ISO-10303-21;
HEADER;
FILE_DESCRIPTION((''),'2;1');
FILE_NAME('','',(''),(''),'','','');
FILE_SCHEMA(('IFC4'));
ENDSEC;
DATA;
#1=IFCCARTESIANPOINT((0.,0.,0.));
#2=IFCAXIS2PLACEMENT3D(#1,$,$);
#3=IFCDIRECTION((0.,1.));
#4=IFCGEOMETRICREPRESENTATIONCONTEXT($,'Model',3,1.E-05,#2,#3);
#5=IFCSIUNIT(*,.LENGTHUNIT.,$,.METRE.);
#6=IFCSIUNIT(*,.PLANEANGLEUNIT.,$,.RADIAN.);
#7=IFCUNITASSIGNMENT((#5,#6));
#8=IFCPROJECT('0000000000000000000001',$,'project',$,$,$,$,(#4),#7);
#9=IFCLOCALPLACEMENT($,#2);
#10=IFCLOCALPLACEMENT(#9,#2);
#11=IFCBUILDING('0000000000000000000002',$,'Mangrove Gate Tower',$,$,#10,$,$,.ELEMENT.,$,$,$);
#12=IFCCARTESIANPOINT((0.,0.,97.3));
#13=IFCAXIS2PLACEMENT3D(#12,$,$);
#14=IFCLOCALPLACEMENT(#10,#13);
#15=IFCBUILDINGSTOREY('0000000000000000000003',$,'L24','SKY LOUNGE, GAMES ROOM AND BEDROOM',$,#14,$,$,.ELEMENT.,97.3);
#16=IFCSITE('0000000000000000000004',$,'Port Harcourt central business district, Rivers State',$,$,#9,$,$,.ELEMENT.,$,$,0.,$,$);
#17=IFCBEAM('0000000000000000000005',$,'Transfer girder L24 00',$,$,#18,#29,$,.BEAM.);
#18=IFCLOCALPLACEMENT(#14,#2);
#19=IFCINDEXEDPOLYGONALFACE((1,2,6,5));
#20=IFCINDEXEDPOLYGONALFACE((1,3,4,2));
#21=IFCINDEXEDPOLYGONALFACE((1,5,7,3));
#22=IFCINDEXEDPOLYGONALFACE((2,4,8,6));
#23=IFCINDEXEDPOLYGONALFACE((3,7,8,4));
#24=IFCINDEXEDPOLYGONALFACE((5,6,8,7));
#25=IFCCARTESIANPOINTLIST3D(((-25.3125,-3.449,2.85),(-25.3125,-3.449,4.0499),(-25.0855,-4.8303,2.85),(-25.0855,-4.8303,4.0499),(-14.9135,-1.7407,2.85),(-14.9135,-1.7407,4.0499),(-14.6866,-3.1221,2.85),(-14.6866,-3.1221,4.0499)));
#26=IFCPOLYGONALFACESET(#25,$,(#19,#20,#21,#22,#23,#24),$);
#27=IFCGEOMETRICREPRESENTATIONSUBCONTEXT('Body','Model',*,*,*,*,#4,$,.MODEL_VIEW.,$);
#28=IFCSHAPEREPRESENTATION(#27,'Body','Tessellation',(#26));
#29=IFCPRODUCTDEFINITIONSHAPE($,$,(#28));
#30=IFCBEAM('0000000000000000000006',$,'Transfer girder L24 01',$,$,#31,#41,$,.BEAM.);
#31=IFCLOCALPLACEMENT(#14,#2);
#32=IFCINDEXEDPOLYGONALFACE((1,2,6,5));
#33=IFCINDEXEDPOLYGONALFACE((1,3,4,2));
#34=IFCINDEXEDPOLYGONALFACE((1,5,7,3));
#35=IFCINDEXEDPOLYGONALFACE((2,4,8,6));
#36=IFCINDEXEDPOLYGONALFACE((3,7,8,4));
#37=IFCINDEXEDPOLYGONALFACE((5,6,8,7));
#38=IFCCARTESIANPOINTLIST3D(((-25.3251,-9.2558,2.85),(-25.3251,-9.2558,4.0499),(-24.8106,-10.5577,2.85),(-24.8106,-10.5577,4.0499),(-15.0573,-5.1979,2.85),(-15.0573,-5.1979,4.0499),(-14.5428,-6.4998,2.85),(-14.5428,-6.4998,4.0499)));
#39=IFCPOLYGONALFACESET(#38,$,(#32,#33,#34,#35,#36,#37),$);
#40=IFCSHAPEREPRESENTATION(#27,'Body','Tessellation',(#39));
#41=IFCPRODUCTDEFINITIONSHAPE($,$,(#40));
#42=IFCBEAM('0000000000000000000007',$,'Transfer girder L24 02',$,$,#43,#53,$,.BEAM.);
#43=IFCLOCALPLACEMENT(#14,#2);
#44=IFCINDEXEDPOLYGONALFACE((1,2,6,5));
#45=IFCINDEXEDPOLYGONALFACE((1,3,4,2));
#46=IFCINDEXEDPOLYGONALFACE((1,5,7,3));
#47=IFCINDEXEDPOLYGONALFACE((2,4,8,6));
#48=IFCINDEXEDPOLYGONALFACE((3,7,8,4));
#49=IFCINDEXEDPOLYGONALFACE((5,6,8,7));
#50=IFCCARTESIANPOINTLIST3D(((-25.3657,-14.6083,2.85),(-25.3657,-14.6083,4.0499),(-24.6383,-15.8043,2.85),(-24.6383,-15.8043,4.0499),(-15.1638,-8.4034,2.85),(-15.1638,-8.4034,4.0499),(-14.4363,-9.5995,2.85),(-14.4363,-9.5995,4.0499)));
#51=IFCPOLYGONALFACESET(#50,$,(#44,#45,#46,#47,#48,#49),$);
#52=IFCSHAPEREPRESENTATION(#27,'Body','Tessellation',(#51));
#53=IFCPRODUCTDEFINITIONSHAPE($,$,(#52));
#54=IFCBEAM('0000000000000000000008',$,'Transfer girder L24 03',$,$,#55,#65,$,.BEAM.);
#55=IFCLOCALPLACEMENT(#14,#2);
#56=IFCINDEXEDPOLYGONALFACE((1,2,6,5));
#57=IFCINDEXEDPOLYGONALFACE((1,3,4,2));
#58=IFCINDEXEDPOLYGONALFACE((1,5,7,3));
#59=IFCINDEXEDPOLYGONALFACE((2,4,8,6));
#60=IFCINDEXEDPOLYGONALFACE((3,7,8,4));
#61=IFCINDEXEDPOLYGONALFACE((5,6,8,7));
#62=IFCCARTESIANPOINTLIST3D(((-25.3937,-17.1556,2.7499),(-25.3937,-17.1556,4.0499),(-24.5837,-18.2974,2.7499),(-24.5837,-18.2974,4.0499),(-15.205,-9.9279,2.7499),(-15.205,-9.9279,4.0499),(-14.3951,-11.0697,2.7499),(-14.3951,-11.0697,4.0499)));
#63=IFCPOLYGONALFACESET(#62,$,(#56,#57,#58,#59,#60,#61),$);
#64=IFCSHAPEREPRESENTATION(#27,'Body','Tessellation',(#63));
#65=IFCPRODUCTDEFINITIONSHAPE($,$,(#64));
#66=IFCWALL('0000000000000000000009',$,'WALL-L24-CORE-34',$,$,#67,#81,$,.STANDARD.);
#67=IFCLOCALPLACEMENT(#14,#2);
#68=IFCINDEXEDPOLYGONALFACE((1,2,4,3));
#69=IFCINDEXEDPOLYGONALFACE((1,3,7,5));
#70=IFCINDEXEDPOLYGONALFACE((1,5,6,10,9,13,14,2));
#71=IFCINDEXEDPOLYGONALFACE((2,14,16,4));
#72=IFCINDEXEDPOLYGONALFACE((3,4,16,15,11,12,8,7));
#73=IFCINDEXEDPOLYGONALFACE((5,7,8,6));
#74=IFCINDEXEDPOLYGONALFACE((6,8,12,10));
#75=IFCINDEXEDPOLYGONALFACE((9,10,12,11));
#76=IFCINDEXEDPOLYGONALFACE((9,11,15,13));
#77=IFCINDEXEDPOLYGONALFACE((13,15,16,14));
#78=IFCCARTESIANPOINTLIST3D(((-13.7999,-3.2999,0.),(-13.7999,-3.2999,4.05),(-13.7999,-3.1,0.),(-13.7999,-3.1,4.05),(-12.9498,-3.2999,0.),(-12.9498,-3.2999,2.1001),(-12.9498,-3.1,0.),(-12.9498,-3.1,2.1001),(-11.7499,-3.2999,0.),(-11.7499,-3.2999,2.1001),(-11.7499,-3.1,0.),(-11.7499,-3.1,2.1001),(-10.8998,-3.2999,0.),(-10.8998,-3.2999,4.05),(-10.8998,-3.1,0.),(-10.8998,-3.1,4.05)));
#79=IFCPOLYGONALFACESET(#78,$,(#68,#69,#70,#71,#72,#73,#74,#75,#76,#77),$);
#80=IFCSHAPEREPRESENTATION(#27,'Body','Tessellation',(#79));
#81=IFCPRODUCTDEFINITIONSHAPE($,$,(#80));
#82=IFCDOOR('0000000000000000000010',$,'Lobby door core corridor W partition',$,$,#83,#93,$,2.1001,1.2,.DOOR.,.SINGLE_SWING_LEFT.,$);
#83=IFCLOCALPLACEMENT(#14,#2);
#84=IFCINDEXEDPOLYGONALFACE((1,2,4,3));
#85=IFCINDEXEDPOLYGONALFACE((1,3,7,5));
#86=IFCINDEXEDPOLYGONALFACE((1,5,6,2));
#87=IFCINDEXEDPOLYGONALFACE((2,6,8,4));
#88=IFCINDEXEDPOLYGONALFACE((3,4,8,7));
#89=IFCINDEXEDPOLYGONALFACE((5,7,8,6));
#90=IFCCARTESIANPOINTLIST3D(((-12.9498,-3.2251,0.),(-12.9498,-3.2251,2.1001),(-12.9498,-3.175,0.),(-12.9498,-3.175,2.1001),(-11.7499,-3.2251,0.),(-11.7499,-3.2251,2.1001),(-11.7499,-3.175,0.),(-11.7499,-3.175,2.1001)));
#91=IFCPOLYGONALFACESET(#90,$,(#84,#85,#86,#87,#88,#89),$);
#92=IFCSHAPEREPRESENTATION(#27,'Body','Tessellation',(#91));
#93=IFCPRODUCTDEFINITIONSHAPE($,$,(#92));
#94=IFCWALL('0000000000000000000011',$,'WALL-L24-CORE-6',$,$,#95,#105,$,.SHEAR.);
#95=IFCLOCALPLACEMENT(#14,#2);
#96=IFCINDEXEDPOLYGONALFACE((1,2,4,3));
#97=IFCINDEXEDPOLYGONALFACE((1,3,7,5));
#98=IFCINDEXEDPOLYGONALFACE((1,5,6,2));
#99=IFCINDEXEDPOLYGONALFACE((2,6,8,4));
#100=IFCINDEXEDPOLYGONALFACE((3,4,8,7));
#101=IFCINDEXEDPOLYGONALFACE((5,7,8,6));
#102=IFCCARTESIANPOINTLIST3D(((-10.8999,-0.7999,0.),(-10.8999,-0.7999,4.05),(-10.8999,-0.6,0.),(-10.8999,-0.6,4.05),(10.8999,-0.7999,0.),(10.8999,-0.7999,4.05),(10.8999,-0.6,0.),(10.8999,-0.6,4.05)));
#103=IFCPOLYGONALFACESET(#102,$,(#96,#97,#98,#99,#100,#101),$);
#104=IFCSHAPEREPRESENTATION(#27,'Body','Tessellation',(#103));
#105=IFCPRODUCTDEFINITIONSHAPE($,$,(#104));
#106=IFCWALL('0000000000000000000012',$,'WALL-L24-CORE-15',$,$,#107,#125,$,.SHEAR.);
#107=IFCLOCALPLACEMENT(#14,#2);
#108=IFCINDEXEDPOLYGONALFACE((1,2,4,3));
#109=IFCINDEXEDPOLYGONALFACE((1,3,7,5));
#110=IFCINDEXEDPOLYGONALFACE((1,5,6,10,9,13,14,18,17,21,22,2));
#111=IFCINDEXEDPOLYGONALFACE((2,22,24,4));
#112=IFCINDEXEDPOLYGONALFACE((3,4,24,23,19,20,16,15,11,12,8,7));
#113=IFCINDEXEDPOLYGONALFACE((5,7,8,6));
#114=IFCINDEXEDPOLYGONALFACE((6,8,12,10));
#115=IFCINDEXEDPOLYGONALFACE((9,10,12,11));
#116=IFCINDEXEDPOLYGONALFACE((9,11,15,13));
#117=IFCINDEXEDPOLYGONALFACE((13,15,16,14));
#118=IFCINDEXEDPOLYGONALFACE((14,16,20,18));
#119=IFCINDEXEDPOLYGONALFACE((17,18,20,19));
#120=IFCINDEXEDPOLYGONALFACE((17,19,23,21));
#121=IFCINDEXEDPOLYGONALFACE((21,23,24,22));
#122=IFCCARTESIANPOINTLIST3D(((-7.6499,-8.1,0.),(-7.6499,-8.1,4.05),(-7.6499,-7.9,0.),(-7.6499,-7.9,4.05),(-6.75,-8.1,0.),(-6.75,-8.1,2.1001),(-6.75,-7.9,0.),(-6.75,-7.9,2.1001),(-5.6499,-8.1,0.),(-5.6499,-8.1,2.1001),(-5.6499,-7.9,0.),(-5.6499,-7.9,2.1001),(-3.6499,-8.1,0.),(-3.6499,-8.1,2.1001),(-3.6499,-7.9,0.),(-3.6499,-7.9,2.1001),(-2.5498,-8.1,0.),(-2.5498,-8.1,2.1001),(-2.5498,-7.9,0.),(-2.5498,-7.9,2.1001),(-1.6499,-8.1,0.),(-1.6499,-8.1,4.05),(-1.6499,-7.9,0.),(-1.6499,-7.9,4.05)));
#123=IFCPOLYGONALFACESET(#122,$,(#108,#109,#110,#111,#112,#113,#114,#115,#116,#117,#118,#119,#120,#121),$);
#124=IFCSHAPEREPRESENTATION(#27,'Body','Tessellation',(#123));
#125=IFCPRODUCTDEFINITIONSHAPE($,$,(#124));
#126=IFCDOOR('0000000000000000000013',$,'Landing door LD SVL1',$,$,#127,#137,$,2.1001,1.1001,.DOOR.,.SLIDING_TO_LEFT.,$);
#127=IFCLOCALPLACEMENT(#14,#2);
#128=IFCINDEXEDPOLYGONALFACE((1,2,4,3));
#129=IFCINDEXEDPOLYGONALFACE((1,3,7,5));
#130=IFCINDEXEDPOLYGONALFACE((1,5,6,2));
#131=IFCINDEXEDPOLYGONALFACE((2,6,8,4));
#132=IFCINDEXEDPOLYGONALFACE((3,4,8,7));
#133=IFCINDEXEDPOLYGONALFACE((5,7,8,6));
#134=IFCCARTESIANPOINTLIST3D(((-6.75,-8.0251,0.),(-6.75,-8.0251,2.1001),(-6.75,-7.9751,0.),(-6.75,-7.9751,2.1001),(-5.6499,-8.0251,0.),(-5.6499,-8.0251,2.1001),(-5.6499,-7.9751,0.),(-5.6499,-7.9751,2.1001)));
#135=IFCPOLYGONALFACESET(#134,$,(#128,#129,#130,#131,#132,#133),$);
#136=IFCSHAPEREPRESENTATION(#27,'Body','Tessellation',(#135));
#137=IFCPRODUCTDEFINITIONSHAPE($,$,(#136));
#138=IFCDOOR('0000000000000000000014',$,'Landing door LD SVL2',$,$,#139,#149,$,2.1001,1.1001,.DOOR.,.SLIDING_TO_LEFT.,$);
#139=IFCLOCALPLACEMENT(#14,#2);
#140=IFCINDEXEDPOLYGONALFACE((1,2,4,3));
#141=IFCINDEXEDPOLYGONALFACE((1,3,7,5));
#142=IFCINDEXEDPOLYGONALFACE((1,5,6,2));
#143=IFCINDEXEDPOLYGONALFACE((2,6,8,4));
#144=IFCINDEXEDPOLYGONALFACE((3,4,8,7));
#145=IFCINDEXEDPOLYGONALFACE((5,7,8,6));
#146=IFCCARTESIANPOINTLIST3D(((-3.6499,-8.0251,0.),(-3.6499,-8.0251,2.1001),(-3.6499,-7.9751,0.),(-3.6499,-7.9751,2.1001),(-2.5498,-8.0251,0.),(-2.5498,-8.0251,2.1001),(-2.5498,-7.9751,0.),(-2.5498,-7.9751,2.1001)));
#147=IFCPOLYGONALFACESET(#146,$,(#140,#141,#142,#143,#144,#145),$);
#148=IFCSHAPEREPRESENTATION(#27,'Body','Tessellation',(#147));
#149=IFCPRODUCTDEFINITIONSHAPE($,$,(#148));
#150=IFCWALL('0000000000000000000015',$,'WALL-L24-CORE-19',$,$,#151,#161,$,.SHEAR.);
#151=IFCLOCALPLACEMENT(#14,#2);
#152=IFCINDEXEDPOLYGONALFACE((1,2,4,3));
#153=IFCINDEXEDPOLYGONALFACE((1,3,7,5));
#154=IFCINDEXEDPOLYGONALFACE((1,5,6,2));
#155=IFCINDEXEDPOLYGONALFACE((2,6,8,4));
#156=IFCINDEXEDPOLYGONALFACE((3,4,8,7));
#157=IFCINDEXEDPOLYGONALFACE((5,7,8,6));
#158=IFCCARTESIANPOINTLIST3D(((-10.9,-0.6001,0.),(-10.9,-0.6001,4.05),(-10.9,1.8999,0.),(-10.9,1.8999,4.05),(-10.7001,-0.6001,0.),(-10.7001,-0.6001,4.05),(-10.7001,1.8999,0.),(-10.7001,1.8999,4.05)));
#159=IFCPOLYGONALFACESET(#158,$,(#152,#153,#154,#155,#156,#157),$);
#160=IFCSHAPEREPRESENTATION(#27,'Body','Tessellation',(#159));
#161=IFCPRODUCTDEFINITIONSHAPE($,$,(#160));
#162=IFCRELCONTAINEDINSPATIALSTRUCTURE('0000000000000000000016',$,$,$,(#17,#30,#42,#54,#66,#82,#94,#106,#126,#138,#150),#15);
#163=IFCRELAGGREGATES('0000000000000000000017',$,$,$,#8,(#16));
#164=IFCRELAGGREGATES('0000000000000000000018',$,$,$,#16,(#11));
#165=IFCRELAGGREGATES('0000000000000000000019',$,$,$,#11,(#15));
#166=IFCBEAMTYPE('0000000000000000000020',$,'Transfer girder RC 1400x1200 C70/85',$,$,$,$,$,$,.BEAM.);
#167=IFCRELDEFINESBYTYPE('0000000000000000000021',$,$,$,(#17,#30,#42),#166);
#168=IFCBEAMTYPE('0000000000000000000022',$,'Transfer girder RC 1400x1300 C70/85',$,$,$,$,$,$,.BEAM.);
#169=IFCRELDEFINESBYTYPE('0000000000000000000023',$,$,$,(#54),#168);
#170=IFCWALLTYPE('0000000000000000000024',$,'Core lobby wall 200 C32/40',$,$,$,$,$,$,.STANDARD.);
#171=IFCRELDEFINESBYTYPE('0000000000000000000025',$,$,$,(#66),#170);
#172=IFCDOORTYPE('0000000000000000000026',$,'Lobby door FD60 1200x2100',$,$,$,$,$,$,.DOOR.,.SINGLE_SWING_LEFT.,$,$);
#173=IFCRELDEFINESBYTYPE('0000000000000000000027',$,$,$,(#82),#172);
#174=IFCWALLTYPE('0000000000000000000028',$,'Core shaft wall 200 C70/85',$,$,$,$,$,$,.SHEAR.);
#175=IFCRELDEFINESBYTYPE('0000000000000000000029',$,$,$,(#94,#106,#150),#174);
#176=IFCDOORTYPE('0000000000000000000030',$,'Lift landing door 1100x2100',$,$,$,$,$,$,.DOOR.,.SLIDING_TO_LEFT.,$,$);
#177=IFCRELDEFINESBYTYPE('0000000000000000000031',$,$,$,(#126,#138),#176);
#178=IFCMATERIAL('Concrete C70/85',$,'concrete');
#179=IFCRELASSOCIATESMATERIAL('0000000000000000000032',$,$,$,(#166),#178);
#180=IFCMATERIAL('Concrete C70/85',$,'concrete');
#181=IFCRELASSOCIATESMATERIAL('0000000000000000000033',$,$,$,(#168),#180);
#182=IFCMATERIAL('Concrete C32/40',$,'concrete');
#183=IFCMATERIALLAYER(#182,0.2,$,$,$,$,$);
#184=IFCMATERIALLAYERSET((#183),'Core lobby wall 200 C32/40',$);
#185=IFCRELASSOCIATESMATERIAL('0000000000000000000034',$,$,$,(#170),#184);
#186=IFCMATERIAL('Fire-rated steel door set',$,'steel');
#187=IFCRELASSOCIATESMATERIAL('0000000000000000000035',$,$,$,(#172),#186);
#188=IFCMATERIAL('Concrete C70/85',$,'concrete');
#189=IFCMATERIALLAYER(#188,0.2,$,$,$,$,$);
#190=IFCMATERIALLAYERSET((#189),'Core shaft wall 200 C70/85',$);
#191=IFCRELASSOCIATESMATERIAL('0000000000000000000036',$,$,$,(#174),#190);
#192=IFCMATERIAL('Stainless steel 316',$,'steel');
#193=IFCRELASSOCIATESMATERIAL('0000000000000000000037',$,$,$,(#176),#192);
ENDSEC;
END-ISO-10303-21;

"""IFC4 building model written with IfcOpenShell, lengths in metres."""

from ifc_helpers import new_model, si_unit, direction, frame, frame_2d, origin, origin_2d, place, context, subcontext, project, spatial, rectangle, extrude, material, layer, layer_set, material_profile, profile_set, type_object, element, fill, save


model = new_model("IFC4")

# Units and contexts
model_context = context("Model", 3, precision=1e-05, world=origin(), true_north=direction((0.0, 1.0)))
body_context = subcontext(model_context, "Body", "Model", "MODEL_VIEW")
ifc_project = project(units=[si_unit("LENGTHUNIT", "METRE"), si_unit("PLANEANGLEUNIT", "RADIAN")], contexts=[model_context])

# Site, building, storey
site_placement = place(None, origin())
site = spatial("IfcSite", under=ifc_project, at=site_placement, Name="Port Harcourt central business district, Rivers State", CompositionType="ELEMENT", RefElevation=0.0)
building_placement = place(site_placement, origin())
building = spatial("IfcBuilding", under=site, at=building_placement, Name="Mangrove Gate Tower", CompositionType="ELEMENT")
storey_placement = place(building_placement, frame((0.0, 0.0, 97.3)))
storey = spatial("IfcBuildingStorey", under=building, at=storey_placement, Name="L24", Description="SKY LOUNGE, GAMES ROOM AND BEDROOM", CompositionType="ELEMENT", Elevation=97.3)

# Beams
ifc_material_1 = material(Name="Concrete C70/85", Category="concrete")
ifc_material_profile_1 = material_profile(ifc_material_1, rectangle(XDim=1.3999, YDim=1.2, at=origin_2d()))
ifc_profile_set_1 = profile_set([ifc_material_profile_1], Name="Concrete C70/85")
beam_type_1 = type_object("IfcBeamType", Name="Transfer girder RC 1400x1200 C70/85", PredefinedType="BEAM", material=ifc_profile_set_1)
beam_1_placement = place(storey_placement, frame((-14.8, -2.4314, 3.45), z_axis=(-0.986774, -0.162099, 0.0), x_axis=(0.162099, -0.986774, 0.0)))
element("IfcBeam", 1, at=beam_1_placement, inside=storey, type_object=beam_type_1, Name="Transfer girder L24 00", PredefinedType="BEAM", context=body_context, shape_type="SweptSolid", body=[
    extrude(rectangle(XDim=1.3999, YDim=1.2, at=origin_2d()), origin(), (0.0, 0.0, 1.0), 10.5383),
])
beam_2_placement = place(storey_placement, frame((-14.8, -5.8489, 3.45), z_axis=(-0.930007, -0.367541, 0.0), x_axis=(0.367541, -0.930007, 0.0)))
element("IfcBeam", 2, at=beam_2_placement, inside=storey, type_object=beam_type_1, Name="Transfer girder L24 01", PredefinedType="BEAM", context=body_context, shape_type="SweptSolid", body=[
    extrude(rectangle(XDim=1.3999, YDim=1.2, at=origin_2d()), origin(), (0.0, 0.0, 1.0), 11.0405),
])
beam_3_placement = place(storey_placement, frame((-14.8, -9.0015, 3.45), z_axis=(-0.854385, -0.51964, 0.0), x_axis=(0.51964, -0.854385, 0.0)))
element("IfcBeam", 3, at=beam_3_placement, inside=storey, type_object=beam_type_1, Name="Transfer girder L24 02", PredefinedType="BEAM", context=body_context, shape_type="SweptSolid", body=[
    extrude(rectangle(XDim=1.3999, YDim=1.2, at=origin_2d()), origin(), (0.0, 0.0, 1.0), 11.9407),
])
ifc_material_2 = material(Name="Concrete C70/85", Category="concrete")
ifc_material_profile_2 = material_profile(ifc_material_2, rectangle(XDim=1.3999, YDim=1.3, at=origin_2d()))
ifc_profile_set_2 = profile_set([ifc_material_profile_2], Name="Concrete C70/85")
beam_type_2 = type_object("IfcBeamType", Name="Transfer girder RC 1400x1300 C70/85", PredefinedType="BEAM", material=ifc_profile_set_2)
beam_4_placement = place(storey_placement, frame((-14.8, -10.4988, 3.3999), z_axis=(-0.815618, -0.578591, 0.0), x_axis=(0.578591, -0.815618, 0.0)))
element("IfcBeam", 4, at=beam_4_placement, inside=storey, type_object=beam_type_2, Name="Transfer girder L24 03", PredefinedType="BEAM", context=body_context, shape_type="SweptSolid", body=[
    extrude(rectangle(XDim=1.3999, YDim=1.3, at=origin_2d()), origin(), (0.0, 0.0, 1.0), 12.4919),
])

# Wall, opening, door
ifc_material_3 = material(Name="Concrete C32/40", Category="concrete")
ifc_layer_1 = layer(ifc_material_3, 0.2)
ifc_layer_set_1 = layer_set([ifc_layer_1], Name="Core lobby wall 200 C32/40")
wall_type_1 = type_object("IfcWallType", Name="Core lobby wall 200 C32/40", PredefinedType="STANDARD", material=ifc_layer_set_1)
wall_1_placement = place(storey_placement, frame((-13.8, -3.2, 0.0), z_axis=(0.0, 0.0, 1.0), x_axis=(1.0, 0.0, 0.0)))
wall_1 = element("IfcWall", 5, at=wall_1_placement, inside=storey, type_object=wall_type_1, Name="WALL-L24-CORE-34", PredefinedType="STANDARD", context=body_context, shape_type="SweptSolid", body=[
    extrude(rectangle(XDim=2.9001, YDim=0.2, at=frame_2d((1.4502, 0.0))), origin(), (0.0, 0.0, 1.0), 4.05),
])
opening_1_placement = place(wall_1_placement, frame((0.8501, 0.0, 0.0)))
opening_1 = element("IfcOpeningElement", 6, at=opening_1_placement, cuts=wall_1, PredefinedType="OPENING", context=body_context, shape_type="SweptSolid", body=[
    extrude(rectangle(XDim=1.2, YDim=2.1001, at=frame_2d((0.6001, 1.05))), frame((0.0, 0.1099, 0.0), z_axis=(0.0, -1.0, 0.0), x_axis=(1.0, 0.0, 0.0)), (0.0, 0.0, 1.0), 0.22),
])
ifc_material_4 = material(Name="Fire-rated steel door set", Category="steel")
door_type_1 = type_object("IfcDoorType", Name="Lobby door FD60 1200x2100", OperationType="SINGLE_SWING_LEFT", PredefinedType="DOOR", material=ifc_material_4)
door_1_placement = place(opening_1_placement, origin())
door_1 = element("IfcDoor", 7, at=door_1_placement, inside=storey, type_object=door_type_1, Name="Lobby door core corridor W partition", OperationType="SINGLE_SWING_LEFT", OverallHeight=2.1001, OverallWidth=1.2, PredefinedType="DOOR", context=body_context, shape_type="SweptSolid", body=[
    extrude(rectangle(XDim=1.2, YDim=2.1001, at=frame_2d((0.6001, 1.05))), frame((0.0, 0.0249, 0.0), z_axis=(0.0, -1.0, 0.0), x_axis=(1.0, 0.0, 0.0)), (0.0, 0.0, 1.0), 0.05),
])
fill(opening_1, door_1)

# Wall
ifc_material_5 = material(Name="Concrete C70/85", Category="concrete")
ifc_layer_2 = layer(ifc_material_5, 0.2)
ifc_layer_set_2 = layer_set([ifc_layer_2], Name="Core shaft wall 200 C70/85")
wall_type_2 = type_object("IfcWallType", Name="Core shaft wall 200 C70/85", PredefinedType="SHEAR", material=ifc_layer_set_2)
wall_2_placement = place(storey_placement, frame((-10.8999, -0.7, 0.0), z_axis=(0.0, 0.0, 1.0), x_axis=(1.0, 0.0, 0.0)))
element("IfcWall", 8, at=wall_2_placement, inside=storey, type_object=wall_type_2, Name="WALL-L24-CORE-6", PredefinedType="SHEAR", context=body_context, shape_type="SweptSolid", body=[
    extrude(rectangle(XDim=21.7998, YDim=0.2, at=frame_2d((10.8999, 0.0))), origin(), (0.0, 0.0, 1.0), 4.05),
])

# Wall, openings, doors
wall_3_placement = place(storey_placement, frame((-7.6499, -8.0, 0.0), z_axis=(0.0, 0.0, 1.0), x_axis=(1.0, 0.0, 0.0)))
wall_3 = element("IfcWall", 9, at=wall_3_placement, inside=storey, type_object=wall_type_2, Name="WALL-L24-CORE-15", PredefinedType="SHEAR", context=body_context, shape_type="SweptSolid", body=[
    extrude(rectangle(XDim=6.0, YDim=0.2, at=frame_2d((3.0, 0.0))), origin(), (0.0, 0.0, 1.0), 4.05),
])
opening_2_placement = place(wall_3_placement, frame((0.8999, 0.0, 0.0)))
opening_2 = element("IfcOpeningElement", 10, at=opening_2_placement, cuts=wall_3, PredefinedType="OPENING", context=body_context, shape_type="SweptSolid", body=[
    extrude(rectangle(XDim=1.1001, YDim=2.1001, at=frame_2d((0.55, 1.05))), frame((0.0, 0.1099, 0.0), z_axis=(0.0, -1.0, 0.0), x_axis=(1.0, 0.0, 0.0)), (0.0, 0.0, 1.0), 0.22),
])
opening_3_placement = place(wall_3_placement, frame((4.0, 0.0, 0.0)))
opening_3 = element("IfcOpeningElement", 11, at=opening_3_placement, cuts=wall_3, PredefinedType="OPENING", context=body_context, shape_type="SweptSolid", body=[
    extrude(rectangle(XDim=1.1001, YDim=2.1001, at=frame_2d((0.55, 1.05))), frame((0.0, 0.1099, 0.0), z_axis=(0.0, -1.0, 0.0), x_axis=(1.0, 0.0, 0.0)), (0.0, 0.0, 1.0), 0.22),
])
ifc_material_6 = material(Name="Stainless steel 316", Category="steel")
door_type_2 = type_object("IfcDoorType", Name="Lift landing door 1100x2100", OperationType="SLIDING_TO_LEFT", PredefinedType="DOOR", material=ifc_material_6)
door_2_placement = place(opening_2_placement, origin())
door_2 = element("IfcDoor", 12, at=door_2_placement, inside=storey, type_object=door_type_2, Name="Landing door LD SVL1", OperationType="SLIDING_TO_LEFT", OverallHeight=2.1001, OverallWidth=1.1001, PredefinedType="DOOR", context=body_context, shape_type="SweptSolid", body=[
    extrude(rectangle(XDim=1.1001, YDim=2.1001, at=frame_2d((0.55, 1.05))), frame((0.0, 0.0249, 0.0), z_axis=(0.0, -1.0, 0.0), x_axis=(1.0, 0.0, 0.0)), (0.0, 0.0, 1.0), 0.05),
])
fill(opening_2, door_2)
door_3_placement = place(opening_3_placement, origin())
door_3 = element("IfcDoor", 13, at=door_3_placement, inside=storey, type_object=door_type_2, Name="Landing door LD SVL2", OperationType="SLIDING_TO_LEFT", OverallHeight=2.1001, OverallWidth=1.1001, PredefinedType="DOOR", context=body_context, shape_type="SweptSolid", body=[
    extrude(rectangle(XDim=1.1001, YDim=2.1001, at=frame_2d((0.55, 1.05))), frame((0.0, 0.0249, 0.0), z_axis=(0.0, -1.0, 0.0), x_axis=(1.0, 0.0, 0.0)), (0.0, 0.0, 1.0), 0.05),
])
fill(opening_3, door_3)

# Wall
wall_4_placement = place(storey_placement, frame((-10.8, -0.6001, 0.0), z_axis=(0.0, 0.0, 1.0), x_axis=(0.0, 1.0, 0.0)))
element("IfcWall", 14, at=wall_4_placement, inside=storey, type_object=wall_type_2, Name="WALL-L24-CORE-19", PredefinedType="SHEAR", context=body_context, shape_type="SweptSolid", body=[
    extrude(rectangle(XDim=2.5, YDim=0.2, at=frame_2d((1.25, 0.0))), origin(), (0.0, 0.0, 1.0), 4.05),
])

save(model, "model.ifc")
